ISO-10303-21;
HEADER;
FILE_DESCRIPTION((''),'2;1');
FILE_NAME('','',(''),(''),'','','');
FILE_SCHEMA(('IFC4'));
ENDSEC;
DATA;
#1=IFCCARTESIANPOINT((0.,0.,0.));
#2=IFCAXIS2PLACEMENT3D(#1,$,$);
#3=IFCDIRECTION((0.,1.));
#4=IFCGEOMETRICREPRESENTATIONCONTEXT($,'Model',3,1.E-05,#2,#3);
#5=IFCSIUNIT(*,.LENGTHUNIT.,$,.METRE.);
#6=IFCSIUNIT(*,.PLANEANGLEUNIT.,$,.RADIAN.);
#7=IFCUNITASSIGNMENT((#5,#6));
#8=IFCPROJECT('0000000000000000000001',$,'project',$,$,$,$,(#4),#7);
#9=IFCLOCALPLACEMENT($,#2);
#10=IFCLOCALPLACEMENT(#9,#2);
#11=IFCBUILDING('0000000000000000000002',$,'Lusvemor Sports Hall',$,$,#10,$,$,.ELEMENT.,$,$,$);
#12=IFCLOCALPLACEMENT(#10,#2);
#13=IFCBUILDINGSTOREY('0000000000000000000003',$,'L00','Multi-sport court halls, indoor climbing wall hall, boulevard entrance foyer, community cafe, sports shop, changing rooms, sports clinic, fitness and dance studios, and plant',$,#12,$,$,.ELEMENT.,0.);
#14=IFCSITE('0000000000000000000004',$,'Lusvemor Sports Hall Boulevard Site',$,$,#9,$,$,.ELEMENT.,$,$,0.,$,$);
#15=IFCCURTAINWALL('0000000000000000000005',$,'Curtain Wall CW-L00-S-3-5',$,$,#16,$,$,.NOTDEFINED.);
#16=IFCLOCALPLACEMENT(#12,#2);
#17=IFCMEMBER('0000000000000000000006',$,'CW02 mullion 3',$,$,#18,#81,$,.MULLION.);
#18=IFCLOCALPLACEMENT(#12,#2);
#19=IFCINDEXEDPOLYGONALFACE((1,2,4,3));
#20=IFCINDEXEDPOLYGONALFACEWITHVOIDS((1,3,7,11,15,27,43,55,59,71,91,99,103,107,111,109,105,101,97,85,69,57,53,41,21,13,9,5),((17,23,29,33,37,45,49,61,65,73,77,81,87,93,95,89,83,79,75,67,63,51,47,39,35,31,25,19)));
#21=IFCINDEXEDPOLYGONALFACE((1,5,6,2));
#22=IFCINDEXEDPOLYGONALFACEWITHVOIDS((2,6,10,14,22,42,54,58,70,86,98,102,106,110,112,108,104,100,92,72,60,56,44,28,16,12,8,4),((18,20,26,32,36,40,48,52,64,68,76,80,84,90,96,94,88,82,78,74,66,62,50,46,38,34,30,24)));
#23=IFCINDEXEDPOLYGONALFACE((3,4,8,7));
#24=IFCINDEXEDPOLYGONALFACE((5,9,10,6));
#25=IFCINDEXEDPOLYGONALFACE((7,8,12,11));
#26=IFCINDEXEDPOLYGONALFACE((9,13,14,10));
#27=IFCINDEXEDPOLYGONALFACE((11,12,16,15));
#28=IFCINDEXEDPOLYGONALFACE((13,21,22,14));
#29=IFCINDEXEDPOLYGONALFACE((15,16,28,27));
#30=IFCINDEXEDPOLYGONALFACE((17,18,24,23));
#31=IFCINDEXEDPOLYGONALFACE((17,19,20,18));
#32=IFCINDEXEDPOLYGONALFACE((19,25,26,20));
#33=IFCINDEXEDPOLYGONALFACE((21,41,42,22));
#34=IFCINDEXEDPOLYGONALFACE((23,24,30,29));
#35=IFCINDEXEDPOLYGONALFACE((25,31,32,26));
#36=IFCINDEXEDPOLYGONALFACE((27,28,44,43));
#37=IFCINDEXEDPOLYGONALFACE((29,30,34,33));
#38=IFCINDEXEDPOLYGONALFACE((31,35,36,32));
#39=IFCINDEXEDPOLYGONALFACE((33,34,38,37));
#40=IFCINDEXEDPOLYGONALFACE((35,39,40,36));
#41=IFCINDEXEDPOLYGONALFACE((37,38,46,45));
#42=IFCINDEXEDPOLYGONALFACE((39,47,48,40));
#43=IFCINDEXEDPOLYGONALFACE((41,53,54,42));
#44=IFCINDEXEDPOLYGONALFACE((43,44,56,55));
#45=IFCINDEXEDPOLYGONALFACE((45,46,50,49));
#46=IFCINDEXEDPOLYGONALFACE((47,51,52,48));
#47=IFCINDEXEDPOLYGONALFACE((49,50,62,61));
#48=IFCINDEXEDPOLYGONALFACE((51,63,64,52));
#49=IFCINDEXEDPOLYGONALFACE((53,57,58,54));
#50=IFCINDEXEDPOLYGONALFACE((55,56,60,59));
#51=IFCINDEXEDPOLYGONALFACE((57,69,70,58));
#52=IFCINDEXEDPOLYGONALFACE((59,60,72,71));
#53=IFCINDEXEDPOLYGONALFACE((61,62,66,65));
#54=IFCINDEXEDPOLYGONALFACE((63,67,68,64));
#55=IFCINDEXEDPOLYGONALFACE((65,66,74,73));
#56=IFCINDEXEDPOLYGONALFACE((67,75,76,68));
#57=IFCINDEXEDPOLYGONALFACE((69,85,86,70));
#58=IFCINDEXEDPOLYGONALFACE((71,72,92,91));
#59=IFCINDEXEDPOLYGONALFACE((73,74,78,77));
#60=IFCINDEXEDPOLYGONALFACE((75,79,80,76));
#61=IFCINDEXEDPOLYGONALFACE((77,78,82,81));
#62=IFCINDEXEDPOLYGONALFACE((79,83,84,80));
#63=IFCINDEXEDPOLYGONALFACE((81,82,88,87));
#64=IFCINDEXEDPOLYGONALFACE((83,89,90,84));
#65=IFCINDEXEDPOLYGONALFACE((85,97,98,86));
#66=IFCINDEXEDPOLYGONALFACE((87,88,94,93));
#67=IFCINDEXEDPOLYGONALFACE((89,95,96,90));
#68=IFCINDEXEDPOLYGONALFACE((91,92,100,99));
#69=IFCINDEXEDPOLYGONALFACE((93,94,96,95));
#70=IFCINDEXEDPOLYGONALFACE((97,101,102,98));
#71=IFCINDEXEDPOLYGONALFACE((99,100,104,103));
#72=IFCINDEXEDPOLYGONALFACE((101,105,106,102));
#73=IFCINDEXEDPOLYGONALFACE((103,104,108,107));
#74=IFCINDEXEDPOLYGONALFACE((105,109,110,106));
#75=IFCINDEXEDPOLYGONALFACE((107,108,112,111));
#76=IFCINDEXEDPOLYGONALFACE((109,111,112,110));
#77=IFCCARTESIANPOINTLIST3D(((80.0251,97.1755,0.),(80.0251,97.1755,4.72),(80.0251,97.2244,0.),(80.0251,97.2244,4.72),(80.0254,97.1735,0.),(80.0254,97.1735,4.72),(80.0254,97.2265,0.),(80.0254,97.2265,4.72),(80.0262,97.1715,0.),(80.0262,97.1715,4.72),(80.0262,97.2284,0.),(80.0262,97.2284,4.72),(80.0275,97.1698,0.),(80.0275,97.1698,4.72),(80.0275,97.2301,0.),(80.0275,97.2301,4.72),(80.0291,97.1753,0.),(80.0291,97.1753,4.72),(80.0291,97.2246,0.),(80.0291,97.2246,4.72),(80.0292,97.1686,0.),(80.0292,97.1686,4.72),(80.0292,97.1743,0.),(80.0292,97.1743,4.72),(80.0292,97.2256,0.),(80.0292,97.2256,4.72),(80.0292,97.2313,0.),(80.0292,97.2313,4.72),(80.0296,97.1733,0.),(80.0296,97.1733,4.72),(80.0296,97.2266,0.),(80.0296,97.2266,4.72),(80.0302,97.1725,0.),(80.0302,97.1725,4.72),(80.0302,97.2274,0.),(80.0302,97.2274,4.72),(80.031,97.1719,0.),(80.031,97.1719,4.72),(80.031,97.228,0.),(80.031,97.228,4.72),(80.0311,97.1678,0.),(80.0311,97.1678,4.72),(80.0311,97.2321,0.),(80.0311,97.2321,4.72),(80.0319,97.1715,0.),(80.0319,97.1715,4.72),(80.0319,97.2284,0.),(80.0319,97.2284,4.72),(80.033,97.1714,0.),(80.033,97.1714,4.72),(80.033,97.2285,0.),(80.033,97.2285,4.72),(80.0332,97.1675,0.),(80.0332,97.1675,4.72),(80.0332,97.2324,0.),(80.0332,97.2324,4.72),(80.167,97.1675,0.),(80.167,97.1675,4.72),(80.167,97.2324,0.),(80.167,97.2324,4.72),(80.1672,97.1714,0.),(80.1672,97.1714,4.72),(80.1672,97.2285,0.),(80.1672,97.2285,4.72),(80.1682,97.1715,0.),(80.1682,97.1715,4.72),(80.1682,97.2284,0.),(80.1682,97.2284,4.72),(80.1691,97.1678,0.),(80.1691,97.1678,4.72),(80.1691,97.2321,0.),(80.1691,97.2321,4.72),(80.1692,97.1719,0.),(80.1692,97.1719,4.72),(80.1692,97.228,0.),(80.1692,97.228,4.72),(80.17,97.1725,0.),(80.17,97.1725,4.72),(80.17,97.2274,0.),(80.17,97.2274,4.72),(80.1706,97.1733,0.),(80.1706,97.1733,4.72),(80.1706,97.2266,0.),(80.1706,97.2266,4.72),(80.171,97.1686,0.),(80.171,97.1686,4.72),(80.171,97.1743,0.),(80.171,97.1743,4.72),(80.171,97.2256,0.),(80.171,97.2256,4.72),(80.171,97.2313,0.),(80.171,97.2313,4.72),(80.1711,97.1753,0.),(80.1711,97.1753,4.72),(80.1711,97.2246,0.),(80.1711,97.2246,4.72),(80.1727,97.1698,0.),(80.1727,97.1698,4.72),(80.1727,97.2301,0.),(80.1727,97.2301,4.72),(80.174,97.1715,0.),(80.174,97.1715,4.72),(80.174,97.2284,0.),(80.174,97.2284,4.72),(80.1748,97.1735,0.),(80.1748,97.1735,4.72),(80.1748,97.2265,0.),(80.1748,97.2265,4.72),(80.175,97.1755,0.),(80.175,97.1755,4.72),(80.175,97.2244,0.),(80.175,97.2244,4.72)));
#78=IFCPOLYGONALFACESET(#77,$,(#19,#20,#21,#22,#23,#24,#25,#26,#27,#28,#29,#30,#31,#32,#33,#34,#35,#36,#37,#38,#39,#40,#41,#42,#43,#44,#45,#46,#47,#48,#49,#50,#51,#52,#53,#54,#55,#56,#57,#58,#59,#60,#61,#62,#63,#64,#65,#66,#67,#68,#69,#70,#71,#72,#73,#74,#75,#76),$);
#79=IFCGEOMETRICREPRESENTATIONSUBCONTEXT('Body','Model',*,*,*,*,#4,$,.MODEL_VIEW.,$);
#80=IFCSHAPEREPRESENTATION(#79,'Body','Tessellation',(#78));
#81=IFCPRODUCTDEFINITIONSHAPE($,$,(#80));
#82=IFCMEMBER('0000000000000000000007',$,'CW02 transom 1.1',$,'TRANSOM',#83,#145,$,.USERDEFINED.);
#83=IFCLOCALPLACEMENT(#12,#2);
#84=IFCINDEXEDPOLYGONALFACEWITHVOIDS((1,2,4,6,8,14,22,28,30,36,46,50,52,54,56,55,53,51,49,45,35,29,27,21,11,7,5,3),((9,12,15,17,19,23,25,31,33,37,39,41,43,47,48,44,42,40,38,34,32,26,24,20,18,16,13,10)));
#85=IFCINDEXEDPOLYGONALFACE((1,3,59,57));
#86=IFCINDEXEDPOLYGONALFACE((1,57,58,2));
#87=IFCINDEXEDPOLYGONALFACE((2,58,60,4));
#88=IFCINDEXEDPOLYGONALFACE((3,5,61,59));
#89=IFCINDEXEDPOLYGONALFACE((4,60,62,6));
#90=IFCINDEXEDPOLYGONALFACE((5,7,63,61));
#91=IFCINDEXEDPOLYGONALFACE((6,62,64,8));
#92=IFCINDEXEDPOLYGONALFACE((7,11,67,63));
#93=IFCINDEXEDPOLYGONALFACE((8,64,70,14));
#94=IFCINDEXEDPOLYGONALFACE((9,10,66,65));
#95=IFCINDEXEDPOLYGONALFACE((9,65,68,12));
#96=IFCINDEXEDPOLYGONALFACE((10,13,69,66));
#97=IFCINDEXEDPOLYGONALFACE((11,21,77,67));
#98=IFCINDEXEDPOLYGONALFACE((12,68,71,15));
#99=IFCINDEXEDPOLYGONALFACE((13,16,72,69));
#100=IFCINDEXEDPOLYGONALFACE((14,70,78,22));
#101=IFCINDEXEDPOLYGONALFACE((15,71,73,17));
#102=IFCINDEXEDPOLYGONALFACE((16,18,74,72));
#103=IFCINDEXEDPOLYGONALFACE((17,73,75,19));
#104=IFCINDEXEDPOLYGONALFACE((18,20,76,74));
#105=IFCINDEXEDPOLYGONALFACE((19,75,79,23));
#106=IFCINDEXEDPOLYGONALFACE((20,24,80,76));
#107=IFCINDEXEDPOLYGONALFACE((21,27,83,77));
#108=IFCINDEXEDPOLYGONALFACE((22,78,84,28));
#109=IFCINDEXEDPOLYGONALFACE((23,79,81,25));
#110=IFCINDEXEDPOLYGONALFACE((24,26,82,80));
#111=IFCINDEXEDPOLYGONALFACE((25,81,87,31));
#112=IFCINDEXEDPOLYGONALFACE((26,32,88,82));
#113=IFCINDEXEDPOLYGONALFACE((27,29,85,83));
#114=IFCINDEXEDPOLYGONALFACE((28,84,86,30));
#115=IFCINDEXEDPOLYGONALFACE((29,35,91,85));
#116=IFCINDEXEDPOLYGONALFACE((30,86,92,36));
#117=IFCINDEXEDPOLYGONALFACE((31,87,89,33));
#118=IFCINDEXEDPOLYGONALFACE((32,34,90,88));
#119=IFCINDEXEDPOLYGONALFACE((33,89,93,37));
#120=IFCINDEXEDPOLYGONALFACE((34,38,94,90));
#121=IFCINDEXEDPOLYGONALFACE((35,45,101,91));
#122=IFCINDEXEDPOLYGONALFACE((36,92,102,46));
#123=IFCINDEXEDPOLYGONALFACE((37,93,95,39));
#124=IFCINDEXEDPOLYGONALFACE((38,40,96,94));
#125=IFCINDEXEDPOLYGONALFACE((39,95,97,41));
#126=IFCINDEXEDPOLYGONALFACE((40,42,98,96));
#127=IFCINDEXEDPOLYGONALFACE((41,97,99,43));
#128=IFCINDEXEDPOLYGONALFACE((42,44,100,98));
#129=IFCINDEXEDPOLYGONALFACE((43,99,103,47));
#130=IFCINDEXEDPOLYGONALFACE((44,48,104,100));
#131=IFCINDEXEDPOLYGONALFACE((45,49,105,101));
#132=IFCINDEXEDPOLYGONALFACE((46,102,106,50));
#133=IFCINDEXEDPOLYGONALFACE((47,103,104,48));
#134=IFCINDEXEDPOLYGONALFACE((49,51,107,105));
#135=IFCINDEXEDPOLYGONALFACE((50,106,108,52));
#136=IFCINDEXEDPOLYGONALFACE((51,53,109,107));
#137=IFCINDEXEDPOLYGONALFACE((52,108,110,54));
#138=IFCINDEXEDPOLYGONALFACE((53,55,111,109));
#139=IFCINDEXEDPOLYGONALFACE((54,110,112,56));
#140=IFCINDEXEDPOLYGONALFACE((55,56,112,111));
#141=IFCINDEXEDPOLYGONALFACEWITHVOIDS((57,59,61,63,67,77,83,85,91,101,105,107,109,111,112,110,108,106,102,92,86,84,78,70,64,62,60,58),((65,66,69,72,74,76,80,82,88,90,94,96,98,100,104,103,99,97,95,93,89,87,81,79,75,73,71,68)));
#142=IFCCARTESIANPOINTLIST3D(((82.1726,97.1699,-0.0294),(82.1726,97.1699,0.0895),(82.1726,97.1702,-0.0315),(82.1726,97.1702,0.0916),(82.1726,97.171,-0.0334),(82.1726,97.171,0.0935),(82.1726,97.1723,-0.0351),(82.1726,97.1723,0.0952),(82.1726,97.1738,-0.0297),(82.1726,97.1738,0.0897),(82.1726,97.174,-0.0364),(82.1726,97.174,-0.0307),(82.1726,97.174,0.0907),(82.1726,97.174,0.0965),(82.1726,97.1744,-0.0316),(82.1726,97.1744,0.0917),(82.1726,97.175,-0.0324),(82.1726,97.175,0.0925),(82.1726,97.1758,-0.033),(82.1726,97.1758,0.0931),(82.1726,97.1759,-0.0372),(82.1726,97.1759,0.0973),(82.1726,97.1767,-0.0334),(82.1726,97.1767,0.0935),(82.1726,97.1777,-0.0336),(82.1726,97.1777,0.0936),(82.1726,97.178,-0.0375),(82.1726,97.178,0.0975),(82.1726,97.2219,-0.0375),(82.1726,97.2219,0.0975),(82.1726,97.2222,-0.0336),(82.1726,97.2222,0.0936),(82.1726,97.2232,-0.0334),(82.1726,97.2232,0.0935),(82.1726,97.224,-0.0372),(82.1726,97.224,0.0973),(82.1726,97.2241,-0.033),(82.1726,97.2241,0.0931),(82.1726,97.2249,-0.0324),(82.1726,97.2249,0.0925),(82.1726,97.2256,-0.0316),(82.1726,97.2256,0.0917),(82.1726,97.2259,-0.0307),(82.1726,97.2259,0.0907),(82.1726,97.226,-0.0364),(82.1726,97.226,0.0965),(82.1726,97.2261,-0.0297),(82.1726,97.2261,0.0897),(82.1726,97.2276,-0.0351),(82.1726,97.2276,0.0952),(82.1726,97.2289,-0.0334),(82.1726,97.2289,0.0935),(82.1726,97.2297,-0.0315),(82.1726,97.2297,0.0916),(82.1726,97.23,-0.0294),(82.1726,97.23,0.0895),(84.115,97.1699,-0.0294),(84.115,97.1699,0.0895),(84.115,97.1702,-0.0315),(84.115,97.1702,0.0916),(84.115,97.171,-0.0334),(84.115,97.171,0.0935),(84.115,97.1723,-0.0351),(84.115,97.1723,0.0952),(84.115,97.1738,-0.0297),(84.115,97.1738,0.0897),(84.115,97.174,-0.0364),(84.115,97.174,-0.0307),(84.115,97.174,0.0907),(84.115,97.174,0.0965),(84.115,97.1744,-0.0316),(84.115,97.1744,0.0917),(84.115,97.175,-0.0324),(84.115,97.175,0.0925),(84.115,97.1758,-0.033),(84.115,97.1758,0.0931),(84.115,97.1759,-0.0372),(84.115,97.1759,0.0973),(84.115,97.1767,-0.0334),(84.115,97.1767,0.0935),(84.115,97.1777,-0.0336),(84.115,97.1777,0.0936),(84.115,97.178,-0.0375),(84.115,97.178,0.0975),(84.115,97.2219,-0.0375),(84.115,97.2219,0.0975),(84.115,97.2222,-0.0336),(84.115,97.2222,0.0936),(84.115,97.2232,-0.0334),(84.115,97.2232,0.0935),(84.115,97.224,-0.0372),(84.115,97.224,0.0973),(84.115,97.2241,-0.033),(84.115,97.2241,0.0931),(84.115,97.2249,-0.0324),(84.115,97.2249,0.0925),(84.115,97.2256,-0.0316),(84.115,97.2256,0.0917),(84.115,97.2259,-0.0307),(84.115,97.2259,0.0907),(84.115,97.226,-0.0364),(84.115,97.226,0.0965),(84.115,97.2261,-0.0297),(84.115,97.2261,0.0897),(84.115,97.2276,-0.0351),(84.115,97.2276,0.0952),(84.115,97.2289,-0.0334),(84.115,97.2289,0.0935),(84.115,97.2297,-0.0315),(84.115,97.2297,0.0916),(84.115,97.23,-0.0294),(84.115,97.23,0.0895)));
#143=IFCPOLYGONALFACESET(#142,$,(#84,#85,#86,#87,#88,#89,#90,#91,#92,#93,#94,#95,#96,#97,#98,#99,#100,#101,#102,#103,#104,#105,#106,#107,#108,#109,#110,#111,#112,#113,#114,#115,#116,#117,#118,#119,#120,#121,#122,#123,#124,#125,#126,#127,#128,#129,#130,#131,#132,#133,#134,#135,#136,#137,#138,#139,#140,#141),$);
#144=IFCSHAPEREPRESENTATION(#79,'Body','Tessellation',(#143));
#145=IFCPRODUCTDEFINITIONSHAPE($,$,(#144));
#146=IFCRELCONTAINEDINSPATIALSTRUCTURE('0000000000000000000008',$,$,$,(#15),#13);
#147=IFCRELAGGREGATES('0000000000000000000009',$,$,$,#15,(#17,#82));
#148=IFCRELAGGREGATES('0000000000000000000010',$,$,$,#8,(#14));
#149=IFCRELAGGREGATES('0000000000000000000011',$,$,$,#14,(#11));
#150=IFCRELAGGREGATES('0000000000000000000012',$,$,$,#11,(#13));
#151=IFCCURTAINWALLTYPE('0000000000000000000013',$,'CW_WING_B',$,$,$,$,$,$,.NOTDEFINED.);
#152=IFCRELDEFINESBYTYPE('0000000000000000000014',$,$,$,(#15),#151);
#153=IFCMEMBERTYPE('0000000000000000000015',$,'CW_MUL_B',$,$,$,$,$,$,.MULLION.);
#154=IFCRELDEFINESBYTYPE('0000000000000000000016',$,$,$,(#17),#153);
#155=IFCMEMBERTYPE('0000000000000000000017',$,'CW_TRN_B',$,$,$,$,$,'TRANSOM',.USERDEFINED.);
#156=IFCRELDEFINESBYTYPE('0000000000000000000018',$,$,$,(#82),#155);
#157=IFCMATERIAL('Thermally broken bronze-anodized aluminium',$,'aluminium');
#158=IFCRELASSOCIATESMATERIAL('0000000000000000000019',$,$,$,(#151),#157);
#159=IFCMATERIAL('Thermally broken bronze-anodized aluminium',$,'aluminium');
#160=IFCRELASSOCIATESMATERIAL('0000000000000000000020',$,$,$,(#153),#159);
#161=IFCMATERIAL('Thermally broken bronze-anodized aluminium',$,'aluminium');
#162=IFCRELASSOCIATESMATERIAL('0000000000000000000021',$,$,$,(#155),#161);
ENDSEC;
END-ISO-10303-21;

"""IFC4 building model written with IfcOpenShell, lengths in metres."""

from ifc_helpers import new_model, si_unit, direction, frame, origin, origin_2d, place, context, subcontext, project, spatial, hollow_rectangle, extrude, material, material_profile, profile_set, type_object, element, aggregate, save


model = new_model("IFC4")

# Units and contexts
model_context = context("Model", 3, precision=1e-05, world=origin(), true_north=direction((0.0, 1.0)))
body_context = subcontext(model_context, "Body", "Model", "MODEL_VIEW")
ifc_project = project(units=[si_unit("LENGTHUNIT", "METRE"), si_unit("PLANEANGLEUNIT", "RADIAN")], contexts=[model_context])

# Site, building, storey
site_placement = place(None, origin())
site = spatial("IfcSite", under=ifc_project, at=site_placement, Name="Lusvemor Sports Hall Boulevard Site", CompositionType="ELEMENT", RefElevation=0.0)
building_placement = place(site_placement, origin())
building = spatial("IfcBuilding", under=site, at=building_placement, Name="Lusvemor Sports Hall", CompositionType="ELEMENT")
storey_placement = place(building_placement, origin())
storey = spatial("IfcBuildingStorey", under=building, at=storey_placement, Name="L00", Description="Multi-sport court halls, indoor climbing wall hall, boulevard entrance foyer, community cafe, sports shop, changing rooms, sports clinic, fitness and dance studios, and plant", CompositionType="ELEMENT", Elevation=0.0)

# Curtain wall, members
ifc_material_1 = material(Name="Thermally broken bronze-anodized aluminium", Category="aluminium")
curtain_wall_type = type_object("IfcCurtainWallType", Name="CW_WING_B", PredefinedType="NOTDEFINED", material=ifc_material_1)
curtain_wall_placement = place(storey_placement, origin())
curtain_wall = element("IfcCurtainWall", 1, at=curtain_wall_placement, inside=storey, type_object=curtain_wall_type, Name="Curtain Wall CW-L00-S-3-5", PredefinedType="NOTDEFINED")
ifc_material_2 = material(Name="Thermally broken bronze-anodized aluminium", Category="aluminium")
ifc_material_profile_1 = material_profile(ifc_material_2, hollow_rectangle(XDim=0.0649, YDim=0.1499, WallThickness=0.0039, InnerFilletRadius=0.0039, OuterFilletRadius=0.0081, at=origin_2d()), Name="CWMUL150x65x4")
ifc_profile_set_1 = profile_set([ifc_material_profile_1], Name="Thermally broken bronze-anodized aluminium")
member_type_1 = type_object("IfcMemberType", Name="CW_MUL_B", PredefinedType="MULLION", material=ifc_profile_set_1)
member_1_placement = place(storey_placement, frame((80.1001, 97.2, 0.0), z_axis=(0.0, 0.0, 1.0), x_axis=(0.0, -1.0, 0.0)))
member_1 = element("IfcMember", 2, at=member_1_placement, type_object=member_type_1, Name="CW02 mullion 3", PredefinedType="MULLION", context=body_context, shape_type="SweptSolid", body=[
    extrude(hollow_rectangle(XDim=0.0649, YDim=0.1499, WallThickness=0.0039, InnerFilletRadius=0.0039, OuterFilletRadius=0.0081, at=origin_2d()), origin(), (0.0, 0.0, 1.0), 4.72),
])
ifc_material_3 = material(Name="Thermally broken bronze-anodized aluminium", Category="aluminium")
ifc_material_profile_2 = material_profile(ifc_material_3, hollow_rectangle(XDim=0.0601, YDim=0.135, WallThickness=0.0039, InnerFilletRadius=0.0039, OuterFilletRadius=0.0081, at=origin_2d()), Name="CWTRN135x60x4")
ifc_profile_set_2 = profile_set([ifc_material_profile_2], Name="Thermally broken bronze-anodized aluminium")
member_type_2 = type_object("IfcMemberType", Name="CW_TRN_B", ElementType="TRANSOM", PredefinedType="USERDEFINED", material=ifc_profile_set_2)
member_2_placement = place(storey_placement, frame((84.115, 97.2, 0.03), z_axis=(-1.0, 0.0, 0.0), x_axis=(0.0, -1.0, 0.0)))
member_2 = element("IfcMember", 3, at=member_2_placement, type_object=member_type_2, Name="CW02 transom 1.1", ObjectType="TRANSOM", PredefinedType="USERDEFINED", context=body_context, shape_type="SweptSolid", body=[
    extrude(hollow_rectangle(XDim=0.0601, YDim=0.135, WallThickness=0.0039, InnerFilletRadius=0.0039, OuterFilletRadius=0.0081, at=origin_2d()), origin(), (0.0, 0.0, 1.0), 1.9424),
])
aggregate(curtain_wall, [member_1, member_2])

save(model, "model.ifc")
